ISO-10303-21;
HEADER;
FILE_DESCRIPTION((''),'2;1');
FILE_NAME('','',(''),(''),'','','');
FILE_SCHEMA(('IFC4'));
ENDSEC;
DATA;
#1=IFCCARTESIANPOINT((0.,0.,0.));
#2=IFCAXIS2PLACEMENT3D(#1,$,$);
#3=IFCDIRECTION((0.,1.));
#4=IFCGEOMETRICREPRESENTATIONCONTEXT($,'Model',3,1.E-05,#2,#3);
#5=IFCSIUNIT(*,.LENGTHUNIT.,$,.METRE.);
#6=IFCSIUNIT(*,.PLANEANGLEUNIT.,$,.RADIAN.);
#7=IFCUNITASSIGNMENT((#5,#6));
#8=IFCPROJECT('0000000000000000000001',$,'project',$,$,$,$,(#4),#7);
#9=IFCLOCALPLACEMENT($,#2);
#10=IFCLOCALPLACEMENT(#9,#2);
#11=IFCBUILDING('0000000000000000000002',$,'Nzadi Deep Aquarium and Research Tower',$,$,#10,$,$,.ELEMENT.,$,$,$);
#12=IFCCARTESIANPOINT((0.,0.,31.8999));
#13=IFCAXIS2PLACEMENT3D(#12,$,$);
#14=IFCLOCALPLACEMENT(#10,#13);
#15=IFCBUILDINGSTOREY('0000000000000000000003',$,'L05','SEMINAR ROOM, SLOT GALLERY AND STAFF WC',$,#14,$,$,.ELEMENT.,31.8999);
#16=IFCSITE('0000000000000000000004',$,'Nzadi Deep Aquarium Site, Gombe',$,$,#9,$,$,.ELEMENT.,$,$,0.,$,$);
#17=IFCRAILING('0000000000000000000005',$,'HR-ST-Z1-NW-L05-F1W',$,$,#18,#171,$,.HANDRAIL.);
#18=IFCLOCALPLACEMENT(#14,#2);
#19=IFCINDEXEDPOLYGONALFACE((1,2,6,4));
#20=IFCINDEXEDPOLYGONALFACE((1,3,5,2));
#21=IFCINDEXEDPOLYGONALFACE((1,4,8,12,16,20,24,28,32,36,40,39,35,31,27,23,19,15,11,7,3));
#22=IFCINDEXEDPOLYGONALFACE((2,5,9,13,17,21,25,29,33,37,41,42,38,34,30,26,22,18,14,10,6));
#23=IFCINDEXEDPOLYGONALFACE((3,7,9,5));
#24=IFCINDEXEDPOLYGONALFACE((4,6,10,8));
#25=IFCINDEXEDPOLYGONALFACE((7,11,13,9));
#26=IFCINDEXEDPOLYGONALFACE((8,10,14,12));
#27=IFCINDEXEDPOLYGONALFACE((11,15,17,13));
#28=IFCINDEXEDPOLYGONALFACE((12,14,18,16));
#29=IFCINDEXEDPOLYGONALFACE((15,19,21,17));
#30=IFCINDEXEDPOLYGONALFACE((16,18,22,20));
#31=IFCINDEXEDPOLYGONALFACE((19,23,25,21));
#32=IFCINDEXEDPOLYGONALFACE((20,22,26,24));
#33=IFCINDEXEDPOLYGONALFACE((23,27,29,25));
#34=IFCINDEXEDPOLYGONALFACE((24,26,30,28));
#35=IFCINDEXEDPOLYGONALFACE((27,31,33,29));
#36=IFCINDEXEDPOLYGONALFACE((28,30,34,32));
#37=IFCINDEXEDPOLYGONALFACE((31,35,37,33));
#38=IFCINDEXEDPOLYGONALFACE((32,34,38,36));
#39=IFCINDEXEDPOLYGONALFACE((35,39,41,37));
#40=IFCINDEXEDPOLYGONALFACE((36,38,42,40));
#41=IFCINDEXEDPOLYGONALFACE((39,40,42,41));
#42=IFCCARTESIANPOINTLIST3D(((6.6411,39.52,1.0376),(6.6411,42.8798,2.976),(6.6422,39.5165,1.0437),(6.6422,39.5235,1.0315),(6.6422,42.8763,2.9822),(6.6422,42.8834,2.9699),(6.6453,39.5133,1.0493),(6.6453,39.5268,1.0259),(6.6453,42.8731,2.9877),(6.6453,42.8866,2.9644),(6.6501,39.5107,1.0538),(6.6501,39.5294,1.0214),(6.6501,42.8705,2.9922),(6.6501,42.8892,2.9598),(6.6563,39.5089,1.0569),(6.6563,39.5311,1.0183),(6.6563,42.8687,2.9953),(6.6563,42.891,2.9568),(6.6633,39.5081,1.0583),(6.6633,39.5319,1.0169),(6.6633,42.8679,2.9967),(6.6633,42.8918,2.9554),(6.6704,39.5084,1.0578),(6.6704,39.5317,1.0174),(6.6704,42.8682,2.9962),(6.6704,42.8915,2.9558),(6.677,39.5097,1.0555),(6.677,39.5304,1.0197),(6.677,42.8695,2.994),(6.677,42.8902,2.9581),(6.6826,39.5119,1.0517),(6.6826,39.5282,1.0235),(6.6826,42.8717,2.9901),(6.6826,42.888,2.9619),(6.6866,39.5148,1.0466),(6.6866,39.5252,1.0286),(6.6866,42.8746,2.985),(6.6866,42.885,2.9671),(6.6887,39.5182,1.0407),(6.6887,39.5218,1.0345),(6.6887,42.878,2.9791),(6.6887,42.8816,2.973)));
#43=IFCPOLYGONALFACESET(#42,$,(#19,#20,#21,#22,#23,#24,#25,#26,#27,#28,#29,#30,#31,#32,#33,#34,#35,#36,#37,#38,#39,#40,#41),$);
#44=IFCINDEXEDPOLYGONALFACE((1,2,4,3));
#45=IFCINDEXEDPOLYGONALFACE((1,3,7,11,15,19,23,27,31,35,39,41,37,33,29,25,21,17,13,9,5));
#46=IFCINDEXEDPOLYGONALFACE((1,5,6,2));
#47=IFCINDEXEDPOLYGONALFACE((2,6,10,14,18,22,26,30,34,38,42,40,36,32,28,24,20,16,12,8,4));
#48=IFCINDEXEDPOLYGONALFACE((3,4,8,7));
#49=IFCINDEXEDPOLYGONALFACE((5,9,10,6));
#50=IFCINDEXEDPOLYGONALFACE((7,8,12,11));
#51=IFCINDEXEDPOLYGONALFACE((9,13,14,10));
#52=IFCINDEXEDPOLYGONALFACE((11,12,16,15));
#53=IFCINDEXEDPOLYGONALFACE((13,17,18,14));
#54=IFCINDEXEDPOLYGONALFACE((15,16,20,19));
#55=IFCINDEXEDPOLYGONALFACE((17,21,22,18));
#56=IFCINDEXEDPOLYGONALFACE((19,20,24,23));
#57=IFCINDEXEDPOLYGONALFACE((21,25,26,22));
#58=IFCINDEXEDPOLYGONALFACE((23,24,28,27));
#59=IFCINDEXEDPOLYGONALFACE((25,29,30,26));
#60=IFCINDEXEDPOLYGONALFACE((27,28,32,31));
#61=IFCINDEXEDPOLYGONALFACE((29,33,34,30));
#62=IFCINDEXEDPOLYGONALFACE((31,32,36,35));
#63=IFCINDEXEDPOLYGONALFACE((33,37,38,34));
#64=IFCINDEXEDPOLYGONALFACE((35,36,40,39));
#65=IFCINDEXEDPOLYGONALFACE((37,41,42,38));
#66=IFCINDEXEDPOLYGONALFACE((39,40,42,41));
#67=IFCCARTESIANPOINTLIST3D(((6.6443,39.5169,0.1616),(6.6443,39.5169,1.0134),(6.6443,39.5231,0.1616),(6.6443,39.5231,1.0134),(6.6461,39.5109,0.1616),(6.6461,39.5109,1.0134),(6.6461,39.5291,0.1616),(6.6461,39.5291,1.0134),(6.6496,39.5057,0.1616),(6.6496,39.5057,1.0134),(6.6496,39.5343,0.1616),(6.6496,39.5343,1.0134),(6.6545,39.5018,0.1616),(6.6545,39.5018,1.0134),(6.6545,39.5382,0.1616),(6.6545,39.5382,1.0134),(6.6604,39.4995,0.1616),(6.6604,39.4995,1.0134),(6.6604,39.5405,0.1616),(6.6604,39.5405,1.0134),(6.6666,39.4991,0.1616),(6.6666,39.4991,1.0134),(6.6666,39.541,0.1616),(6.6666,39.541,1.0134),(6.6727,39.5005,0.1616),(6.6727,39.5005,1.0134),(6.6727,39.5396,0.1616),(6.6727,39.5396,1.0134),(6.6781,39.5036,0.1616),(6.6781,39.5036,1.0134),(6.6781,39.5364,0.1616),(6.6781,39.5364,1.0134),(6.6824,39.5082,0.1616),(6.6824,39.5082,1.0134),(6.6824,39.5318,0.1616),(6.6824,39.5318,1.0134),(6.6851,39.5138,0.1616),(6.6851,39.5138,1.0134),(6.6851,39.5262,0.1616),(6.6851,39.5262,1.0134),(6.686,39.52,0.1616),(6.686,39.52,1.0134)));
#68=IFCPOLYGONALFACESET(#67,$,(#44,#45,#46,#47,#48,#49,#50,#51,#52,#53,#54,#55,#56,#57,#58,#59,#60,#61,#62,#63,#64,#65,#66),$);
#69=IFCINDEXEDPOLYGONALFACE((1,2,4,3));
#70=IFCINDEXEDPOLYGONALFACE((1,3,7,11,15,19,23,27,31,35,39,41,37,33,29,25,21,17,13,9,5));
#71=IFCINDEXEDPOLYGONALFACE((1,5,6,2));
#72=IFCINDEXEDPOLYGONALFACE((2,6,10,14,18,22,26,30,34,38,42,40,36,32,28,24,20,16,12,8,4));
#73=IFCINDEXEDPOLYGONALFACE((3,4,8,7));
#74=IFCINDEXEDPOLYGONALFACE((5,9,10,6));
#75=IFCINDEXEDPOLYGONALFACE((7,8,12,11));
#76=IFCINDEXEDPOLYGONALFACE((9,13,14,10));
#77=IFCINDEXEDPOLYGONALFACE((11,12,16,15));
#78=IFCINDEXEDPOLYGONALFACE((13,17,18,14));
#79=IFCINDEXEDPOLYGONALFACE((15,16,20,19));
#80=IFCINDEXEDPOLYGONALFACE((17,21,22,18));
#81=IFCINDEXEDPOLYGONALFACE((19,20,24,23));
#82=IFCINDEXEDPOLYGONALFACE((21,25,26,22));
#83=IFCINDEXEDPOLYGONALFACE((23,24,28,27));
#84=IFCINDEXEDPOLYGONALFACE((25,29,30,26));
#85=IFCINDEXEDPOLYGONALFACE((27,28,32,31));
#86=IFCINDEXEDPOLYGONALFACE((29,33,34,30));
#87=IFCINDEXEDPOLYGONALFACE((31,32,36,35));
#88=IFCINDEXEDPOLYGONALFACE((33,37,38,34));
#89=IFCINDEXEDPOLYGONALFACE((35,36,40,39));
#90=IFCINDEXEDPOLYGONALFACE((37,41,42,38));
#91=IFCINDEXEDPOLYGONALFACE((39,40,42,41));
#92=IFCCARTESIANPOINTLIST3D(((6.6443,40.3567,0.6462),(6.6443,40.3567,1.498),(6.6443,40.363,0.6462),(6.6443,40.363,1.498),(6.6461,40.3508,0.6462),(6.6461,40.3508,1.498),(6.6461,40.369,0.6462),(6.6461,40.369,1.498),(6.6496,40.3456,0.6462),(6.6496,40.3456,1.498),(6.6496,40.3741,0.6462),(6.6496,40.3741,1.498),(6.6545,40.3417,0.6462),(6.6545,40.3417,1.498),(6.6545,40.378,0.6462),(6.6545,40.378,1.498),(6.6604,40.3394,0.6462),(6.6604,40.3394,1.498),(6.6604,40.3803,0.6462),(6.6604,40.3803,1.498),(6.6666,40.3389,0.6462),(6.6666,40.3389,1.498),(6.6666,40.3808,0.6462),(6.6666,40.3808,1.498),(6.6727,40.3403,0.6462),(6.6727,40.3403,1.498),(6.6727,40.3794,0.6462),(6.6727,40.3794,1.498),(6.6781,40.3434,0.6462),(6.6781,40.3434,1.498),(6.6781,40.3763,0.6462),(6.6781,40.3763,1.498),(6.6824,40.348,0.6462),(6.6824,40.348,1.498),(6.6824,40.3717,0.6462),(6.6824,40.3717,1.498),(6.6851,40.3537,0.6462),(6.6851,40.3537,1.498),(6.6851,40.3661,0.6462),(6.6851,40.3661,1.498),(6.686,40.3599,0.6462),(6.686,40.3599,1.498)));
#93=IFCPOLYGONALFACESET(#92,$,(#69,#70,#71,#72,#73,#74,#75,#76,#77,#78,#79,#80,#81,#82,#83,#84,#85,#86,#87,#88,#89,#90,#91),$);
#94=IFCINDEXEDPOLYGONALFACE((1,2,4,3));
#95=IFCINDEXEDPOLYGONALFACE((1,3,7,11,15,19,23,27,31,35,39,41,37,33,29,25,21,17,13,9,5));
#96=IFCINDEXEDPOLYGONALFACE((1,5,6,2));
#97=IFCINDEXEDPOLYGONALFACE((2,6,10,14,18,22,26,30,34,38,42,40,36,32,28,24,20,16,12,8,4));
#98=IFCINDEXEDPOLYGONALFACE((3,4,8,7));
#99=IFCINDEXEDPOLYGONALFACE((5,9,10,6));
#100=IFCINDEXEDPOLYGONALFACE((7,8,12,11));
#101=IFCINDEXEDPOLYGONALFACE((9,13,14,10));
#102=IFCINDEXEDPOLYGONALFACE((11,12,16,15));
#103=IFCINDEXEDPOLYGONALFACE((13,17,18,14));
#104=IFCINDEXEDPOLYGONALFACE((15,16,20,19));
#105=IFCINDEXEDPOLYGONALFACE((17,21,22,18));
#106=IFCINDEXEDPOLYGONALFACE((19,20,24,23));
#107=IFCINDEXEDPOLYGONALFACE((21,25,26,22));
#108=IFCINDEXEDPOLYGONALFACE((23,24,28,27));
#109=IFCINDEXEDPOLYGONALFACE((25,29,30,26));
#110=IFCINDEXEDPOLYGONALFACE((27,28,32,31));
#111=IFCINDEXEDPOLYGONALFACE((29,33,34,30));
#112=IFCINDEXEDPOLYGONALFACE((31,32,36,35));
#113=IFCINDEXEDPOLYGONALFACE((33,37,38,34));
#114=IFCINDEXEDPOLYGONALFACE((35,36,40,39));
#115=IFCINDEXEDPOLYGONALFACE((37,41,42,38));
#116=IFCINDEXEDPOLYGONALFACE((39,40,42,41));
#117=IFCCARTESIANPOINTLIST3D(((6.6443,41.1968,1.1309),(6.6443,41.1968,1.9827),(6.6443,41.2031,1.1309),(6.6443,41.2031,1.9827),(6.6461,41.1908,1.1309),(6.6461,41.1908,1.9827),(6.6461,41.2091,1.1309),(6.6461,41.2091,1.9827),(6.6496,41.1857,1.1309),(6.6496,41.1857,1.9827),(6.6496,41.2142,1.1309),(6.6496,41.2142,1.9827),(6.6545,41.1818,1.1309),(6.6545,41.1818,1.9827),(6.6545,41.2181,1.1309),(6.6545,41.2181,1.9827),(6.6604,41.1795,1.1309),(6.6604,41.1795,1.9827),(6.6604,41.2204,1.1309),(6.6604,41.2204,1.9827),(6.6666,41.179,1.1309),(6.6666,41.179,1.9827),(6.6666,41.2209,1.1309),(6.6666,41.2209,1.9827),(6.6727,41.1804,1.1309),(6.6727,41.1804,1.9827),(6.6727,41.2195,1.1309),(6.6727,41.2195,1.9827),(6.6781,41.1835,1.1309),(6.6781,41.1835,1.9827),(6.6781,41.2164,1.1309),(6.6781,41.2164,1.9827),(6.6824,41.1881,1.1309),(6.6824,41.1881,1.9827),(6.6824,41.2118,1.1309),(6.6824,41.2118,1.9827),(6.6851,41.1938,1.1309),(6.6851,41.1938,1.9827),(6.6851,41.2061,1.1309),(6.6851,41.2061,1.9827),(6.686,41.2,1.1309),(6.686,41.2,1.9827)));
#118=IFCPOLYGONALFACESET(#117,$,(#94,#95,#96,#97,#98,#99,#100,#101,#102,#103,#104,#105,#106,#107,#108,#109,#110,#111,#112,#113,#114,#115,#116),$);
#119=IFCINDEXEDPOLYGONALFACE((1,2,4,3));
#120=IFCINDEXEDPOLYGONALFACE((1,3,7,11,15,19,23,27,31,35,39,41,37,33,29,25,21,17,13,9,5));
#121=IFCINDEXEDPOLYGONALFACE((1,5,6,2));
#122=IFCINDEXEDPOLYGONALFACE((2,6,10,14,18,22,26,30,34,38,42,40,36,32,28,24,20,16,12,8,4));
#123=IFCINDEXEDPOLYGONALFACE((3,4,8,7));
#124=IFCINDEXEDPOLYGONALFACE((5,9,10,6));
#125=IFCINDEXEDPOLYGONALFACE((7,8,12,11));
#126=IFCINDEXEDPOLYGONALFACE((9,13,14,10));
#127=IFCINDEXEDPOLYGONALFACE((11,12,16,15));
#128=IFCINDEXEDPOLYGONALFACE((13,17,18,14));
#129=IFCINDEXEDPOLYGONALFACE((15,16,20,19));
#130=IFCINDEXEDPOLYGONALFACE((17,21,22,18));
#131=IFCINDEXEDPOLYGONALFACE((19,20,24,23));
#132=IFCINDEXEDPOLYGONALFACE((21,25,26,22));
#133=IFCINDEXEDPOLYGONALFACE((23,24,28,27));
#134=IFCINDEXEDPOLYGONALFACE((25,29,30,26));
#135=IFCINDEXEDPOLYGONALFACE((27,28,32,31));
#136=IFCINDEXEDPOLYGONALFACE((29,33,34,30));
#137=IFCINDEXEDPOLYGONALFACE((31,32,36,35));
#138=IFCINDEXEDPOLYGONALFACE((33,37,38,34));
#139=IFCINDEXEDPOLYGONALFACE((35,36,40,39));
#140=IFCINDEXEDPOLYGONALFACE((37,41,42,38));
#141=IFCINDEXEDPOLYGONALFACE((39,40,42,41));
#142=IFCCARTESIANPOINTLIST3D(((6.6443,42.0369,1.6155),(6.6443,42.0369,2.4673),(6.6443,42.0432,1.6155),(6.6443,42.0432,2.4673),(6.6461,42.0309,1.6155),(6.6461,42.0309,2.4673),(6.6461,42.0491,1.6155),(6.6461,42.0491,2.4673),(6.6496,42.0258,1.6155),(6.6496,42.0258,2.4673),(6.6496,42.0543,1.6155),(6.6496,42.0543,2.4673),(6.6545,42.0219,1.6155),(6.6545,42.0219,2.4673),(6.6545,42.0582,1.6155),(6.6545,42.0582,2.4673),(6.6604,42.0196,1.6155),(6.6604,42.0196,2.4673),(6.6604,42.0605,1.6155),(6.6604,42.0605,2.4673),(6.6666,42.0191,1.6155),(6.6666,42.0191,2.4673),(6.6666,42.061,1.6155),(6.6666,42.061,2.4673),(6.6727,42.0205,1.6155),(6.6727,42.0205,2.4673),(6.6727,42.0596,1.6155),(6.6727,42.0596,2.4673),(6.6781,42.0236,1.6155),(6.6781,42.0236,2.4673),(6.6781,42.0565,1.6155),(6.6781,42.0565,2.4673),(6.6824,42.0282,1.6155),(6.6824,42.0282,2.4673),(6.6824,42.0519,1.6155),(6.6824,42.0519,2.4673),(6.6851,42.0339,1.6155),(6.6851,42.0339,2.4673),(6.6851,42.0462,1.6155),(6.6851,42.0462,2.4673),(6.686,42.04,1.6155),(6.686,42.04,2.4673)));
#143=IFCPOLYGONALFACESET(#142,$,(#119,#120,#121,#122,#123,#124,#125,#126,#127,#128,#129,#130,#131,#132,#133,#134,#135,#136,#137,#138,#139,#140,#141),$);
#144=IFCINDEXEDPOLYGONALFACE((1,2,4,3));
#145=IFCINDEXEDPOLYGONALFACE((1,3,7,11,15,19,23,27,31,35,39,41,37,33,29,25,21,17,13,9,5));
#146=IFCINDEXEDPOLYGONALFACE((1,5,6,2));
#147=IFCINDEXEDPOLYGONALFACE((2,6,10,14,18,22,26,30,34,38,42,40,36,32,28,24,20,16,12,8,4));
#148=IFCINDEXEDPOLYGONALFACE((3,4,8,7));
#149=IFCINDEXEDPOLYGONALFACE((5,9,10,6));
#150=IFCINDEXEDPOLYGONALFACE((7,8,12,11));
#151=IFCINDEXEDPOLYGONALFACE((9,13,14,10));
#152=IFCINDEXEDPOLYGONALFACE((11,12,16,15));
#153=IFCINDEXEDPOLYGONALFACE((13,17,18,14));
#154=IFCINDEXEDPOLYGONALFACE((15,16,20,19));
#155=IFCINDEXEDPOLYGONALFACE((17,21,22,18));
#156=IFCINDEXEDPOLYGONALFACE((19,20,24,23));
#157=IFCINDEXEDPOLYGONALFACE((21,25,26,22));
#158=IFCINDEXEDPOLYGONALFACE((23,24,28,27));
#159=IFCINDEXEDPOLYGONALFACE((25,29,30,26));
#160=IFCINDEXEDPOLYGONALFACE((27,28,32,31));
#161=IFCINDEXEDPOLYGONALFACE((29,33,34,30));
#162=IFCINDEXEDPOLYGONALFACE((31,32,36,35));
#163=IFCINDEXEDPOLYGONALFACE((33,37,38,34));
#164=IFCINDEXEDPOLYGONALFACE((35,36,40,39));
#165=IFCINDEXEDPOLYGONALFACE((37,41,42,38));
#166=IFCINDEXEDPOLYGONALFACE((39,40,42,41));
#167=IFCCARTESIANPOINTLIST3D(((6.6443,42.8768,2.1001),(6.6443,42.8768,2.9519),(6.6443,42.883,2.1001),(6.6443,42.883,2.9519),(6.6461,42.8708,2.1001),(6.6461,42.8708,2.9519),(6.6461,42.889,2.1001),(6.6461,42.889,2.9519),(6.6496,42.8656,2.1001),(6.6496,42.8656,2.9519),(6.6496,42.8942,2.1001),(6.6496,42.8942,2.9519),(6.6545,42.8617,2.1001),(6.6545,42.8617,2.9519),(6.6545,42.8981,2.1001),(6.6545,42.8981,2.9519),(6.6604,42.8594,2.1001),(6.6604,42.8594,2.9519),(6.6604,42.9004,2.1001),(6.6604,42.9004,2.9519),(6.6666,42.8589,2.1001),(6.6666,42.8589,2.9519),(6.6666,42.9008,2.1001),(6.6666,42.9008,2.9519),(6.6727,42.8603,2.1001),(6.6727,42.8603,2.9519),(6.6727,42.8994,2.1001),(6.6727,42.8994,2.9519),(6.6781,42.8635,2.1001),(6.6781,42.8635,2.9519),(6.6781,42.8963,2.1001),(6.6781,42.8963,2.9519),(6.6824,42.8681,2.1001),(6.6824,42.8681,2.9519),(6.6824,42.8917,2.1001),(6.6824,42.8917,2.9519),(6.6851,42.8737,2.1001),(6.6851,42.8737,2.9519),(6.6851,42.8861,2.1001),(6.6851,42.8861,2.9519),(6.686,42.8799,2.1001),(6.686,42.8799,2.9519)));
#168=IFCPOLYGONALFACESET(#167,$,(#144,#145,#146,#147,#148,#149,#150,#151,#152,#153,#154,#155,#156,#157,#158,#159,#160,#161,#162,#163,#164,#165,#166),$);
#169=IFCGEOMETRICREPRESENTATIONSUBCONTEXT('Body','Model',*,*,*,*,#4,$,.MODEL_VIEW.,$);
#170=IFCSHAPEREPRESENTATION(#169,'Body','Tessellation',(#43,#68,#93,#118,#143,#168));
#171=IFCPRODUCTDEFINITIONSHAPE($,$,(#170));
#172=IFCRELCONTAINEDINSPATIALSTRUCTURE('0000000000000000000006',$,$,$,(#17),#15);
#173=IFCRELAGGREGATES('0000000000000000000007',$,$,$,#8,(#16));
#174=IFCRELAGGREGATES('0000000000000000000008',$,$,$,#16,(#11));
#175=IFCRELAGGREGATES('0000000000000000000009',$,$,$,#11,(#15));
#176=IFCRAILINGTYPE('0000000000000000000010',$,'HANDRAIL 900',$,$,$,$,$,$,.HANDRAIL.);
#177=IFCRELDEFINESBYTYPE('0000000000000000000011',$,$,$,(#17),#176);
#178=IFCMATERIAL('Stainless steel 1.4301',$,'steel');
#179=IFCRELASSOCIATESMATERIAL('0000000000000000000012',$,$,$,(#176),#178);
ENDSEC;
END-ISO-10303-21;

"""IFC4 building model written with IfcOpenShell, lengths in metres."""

from ifc_helpers import new_model, si_unit, direction, frame, origin, origin_2d, place, context, subcontext, project, spatial, circle, extrude, material, type_object, element, save


model = new_model("IFC4")

# Units and contexts
model_context = context("Model", 3, precision=1e-05, world=origin(), true_north=direction((0.0, 1.0)))
body_context = subcontext(model_context, "Body", "Model", "MODEL_VIEW")
ifc_project = project(units=[si_unit("LENGTHUNIT", "METRE"), si_unit("PLANEANGLEUNIT", "RADIAN")], contexts=[model_context])

# Site, building, storey
site_placement = place(None, origin())
site = spatial("IfcSite", under=ifc_project, at=site_placement, Name="Nzadi Deep Aquarium Site, Gombe", CompositionType="ELEMENT", RefElevation=0.0)
building_placement = place(site_placement, origin())
building = spatial("IfcBuilding", under=site, at=building_placement, Name="Nzadi Deep Aquarium and Research Tower", CompositionType="ELEMENT")
storey_placement = place(building_placement, frame((0.0, 0.0, 31.8999)))
storey = spatial("IfcBuildingStorey", under=building, at=storey_placement, Name="L05", Description="SEMINAR ROOM, SLOT GALLERY AND STAFF WC", CompositionType="ELEMENT", Elevation=31.8999)

# Railing
ifc_material_1 = material(Name="Stainless steel 1.4301", Category="steel")
railing_type = type_object("IfcRailingType", Name="HANDRAIL 900", PredefinedType="HANDRAIL", material=ifc_material_1)
for number, where, name in (
    (1, (6.665, 39.52, 0.1616), "HR-ST-Z1-NW-L05-F1W"),
):
    element("IfcRailing", number, at=place(storey_placement, frame(where)), inside=storey, type_object=railing_type, Name=name, PredefinedType="HANDRAIL", context=body_context, shape_type="SweptSolid", body=[
        extrude(circle(Radius=0.0239, at=origin_2d()), frame((0.0, 0.0, 0.876), z_axis=(0.0, 0.866175, 0.499741), x_axis=(-1.0, 0.0, 0.0)), (0.0, 0.0, 1.0), 3.8789),
        extrude(circle(Radius=0.021, at=origin_2d()), origin(), (0.0, 0.0, 1.0), 0.8518),
        extrude(circle(Radius=0.021, at=origin_2d()), frame((0.0, 0.8398, 0.4846)), (0.0, 0.0, 1.0), 0.8518),
        extrude(circle(Radius=0.021, at=origin_2d()), frame((0.0, 1.6799, 0.9692)), (0.0, 0.0, 1.0), 0.8518),
        extrude(circle(Radius=0.021, at=origin_2d()), frame((0.0, 2.52, 1.4539)), (0.0, 0.0, 1.0), 0.8518),
        extrude(circle(Radius=0.021, at=origin_2d()), frame((0.0, 3.3599, 1.9385)), (0.0, 0.0, 1.0), 0.8518),
    ])

save(model, "model.ifc")
